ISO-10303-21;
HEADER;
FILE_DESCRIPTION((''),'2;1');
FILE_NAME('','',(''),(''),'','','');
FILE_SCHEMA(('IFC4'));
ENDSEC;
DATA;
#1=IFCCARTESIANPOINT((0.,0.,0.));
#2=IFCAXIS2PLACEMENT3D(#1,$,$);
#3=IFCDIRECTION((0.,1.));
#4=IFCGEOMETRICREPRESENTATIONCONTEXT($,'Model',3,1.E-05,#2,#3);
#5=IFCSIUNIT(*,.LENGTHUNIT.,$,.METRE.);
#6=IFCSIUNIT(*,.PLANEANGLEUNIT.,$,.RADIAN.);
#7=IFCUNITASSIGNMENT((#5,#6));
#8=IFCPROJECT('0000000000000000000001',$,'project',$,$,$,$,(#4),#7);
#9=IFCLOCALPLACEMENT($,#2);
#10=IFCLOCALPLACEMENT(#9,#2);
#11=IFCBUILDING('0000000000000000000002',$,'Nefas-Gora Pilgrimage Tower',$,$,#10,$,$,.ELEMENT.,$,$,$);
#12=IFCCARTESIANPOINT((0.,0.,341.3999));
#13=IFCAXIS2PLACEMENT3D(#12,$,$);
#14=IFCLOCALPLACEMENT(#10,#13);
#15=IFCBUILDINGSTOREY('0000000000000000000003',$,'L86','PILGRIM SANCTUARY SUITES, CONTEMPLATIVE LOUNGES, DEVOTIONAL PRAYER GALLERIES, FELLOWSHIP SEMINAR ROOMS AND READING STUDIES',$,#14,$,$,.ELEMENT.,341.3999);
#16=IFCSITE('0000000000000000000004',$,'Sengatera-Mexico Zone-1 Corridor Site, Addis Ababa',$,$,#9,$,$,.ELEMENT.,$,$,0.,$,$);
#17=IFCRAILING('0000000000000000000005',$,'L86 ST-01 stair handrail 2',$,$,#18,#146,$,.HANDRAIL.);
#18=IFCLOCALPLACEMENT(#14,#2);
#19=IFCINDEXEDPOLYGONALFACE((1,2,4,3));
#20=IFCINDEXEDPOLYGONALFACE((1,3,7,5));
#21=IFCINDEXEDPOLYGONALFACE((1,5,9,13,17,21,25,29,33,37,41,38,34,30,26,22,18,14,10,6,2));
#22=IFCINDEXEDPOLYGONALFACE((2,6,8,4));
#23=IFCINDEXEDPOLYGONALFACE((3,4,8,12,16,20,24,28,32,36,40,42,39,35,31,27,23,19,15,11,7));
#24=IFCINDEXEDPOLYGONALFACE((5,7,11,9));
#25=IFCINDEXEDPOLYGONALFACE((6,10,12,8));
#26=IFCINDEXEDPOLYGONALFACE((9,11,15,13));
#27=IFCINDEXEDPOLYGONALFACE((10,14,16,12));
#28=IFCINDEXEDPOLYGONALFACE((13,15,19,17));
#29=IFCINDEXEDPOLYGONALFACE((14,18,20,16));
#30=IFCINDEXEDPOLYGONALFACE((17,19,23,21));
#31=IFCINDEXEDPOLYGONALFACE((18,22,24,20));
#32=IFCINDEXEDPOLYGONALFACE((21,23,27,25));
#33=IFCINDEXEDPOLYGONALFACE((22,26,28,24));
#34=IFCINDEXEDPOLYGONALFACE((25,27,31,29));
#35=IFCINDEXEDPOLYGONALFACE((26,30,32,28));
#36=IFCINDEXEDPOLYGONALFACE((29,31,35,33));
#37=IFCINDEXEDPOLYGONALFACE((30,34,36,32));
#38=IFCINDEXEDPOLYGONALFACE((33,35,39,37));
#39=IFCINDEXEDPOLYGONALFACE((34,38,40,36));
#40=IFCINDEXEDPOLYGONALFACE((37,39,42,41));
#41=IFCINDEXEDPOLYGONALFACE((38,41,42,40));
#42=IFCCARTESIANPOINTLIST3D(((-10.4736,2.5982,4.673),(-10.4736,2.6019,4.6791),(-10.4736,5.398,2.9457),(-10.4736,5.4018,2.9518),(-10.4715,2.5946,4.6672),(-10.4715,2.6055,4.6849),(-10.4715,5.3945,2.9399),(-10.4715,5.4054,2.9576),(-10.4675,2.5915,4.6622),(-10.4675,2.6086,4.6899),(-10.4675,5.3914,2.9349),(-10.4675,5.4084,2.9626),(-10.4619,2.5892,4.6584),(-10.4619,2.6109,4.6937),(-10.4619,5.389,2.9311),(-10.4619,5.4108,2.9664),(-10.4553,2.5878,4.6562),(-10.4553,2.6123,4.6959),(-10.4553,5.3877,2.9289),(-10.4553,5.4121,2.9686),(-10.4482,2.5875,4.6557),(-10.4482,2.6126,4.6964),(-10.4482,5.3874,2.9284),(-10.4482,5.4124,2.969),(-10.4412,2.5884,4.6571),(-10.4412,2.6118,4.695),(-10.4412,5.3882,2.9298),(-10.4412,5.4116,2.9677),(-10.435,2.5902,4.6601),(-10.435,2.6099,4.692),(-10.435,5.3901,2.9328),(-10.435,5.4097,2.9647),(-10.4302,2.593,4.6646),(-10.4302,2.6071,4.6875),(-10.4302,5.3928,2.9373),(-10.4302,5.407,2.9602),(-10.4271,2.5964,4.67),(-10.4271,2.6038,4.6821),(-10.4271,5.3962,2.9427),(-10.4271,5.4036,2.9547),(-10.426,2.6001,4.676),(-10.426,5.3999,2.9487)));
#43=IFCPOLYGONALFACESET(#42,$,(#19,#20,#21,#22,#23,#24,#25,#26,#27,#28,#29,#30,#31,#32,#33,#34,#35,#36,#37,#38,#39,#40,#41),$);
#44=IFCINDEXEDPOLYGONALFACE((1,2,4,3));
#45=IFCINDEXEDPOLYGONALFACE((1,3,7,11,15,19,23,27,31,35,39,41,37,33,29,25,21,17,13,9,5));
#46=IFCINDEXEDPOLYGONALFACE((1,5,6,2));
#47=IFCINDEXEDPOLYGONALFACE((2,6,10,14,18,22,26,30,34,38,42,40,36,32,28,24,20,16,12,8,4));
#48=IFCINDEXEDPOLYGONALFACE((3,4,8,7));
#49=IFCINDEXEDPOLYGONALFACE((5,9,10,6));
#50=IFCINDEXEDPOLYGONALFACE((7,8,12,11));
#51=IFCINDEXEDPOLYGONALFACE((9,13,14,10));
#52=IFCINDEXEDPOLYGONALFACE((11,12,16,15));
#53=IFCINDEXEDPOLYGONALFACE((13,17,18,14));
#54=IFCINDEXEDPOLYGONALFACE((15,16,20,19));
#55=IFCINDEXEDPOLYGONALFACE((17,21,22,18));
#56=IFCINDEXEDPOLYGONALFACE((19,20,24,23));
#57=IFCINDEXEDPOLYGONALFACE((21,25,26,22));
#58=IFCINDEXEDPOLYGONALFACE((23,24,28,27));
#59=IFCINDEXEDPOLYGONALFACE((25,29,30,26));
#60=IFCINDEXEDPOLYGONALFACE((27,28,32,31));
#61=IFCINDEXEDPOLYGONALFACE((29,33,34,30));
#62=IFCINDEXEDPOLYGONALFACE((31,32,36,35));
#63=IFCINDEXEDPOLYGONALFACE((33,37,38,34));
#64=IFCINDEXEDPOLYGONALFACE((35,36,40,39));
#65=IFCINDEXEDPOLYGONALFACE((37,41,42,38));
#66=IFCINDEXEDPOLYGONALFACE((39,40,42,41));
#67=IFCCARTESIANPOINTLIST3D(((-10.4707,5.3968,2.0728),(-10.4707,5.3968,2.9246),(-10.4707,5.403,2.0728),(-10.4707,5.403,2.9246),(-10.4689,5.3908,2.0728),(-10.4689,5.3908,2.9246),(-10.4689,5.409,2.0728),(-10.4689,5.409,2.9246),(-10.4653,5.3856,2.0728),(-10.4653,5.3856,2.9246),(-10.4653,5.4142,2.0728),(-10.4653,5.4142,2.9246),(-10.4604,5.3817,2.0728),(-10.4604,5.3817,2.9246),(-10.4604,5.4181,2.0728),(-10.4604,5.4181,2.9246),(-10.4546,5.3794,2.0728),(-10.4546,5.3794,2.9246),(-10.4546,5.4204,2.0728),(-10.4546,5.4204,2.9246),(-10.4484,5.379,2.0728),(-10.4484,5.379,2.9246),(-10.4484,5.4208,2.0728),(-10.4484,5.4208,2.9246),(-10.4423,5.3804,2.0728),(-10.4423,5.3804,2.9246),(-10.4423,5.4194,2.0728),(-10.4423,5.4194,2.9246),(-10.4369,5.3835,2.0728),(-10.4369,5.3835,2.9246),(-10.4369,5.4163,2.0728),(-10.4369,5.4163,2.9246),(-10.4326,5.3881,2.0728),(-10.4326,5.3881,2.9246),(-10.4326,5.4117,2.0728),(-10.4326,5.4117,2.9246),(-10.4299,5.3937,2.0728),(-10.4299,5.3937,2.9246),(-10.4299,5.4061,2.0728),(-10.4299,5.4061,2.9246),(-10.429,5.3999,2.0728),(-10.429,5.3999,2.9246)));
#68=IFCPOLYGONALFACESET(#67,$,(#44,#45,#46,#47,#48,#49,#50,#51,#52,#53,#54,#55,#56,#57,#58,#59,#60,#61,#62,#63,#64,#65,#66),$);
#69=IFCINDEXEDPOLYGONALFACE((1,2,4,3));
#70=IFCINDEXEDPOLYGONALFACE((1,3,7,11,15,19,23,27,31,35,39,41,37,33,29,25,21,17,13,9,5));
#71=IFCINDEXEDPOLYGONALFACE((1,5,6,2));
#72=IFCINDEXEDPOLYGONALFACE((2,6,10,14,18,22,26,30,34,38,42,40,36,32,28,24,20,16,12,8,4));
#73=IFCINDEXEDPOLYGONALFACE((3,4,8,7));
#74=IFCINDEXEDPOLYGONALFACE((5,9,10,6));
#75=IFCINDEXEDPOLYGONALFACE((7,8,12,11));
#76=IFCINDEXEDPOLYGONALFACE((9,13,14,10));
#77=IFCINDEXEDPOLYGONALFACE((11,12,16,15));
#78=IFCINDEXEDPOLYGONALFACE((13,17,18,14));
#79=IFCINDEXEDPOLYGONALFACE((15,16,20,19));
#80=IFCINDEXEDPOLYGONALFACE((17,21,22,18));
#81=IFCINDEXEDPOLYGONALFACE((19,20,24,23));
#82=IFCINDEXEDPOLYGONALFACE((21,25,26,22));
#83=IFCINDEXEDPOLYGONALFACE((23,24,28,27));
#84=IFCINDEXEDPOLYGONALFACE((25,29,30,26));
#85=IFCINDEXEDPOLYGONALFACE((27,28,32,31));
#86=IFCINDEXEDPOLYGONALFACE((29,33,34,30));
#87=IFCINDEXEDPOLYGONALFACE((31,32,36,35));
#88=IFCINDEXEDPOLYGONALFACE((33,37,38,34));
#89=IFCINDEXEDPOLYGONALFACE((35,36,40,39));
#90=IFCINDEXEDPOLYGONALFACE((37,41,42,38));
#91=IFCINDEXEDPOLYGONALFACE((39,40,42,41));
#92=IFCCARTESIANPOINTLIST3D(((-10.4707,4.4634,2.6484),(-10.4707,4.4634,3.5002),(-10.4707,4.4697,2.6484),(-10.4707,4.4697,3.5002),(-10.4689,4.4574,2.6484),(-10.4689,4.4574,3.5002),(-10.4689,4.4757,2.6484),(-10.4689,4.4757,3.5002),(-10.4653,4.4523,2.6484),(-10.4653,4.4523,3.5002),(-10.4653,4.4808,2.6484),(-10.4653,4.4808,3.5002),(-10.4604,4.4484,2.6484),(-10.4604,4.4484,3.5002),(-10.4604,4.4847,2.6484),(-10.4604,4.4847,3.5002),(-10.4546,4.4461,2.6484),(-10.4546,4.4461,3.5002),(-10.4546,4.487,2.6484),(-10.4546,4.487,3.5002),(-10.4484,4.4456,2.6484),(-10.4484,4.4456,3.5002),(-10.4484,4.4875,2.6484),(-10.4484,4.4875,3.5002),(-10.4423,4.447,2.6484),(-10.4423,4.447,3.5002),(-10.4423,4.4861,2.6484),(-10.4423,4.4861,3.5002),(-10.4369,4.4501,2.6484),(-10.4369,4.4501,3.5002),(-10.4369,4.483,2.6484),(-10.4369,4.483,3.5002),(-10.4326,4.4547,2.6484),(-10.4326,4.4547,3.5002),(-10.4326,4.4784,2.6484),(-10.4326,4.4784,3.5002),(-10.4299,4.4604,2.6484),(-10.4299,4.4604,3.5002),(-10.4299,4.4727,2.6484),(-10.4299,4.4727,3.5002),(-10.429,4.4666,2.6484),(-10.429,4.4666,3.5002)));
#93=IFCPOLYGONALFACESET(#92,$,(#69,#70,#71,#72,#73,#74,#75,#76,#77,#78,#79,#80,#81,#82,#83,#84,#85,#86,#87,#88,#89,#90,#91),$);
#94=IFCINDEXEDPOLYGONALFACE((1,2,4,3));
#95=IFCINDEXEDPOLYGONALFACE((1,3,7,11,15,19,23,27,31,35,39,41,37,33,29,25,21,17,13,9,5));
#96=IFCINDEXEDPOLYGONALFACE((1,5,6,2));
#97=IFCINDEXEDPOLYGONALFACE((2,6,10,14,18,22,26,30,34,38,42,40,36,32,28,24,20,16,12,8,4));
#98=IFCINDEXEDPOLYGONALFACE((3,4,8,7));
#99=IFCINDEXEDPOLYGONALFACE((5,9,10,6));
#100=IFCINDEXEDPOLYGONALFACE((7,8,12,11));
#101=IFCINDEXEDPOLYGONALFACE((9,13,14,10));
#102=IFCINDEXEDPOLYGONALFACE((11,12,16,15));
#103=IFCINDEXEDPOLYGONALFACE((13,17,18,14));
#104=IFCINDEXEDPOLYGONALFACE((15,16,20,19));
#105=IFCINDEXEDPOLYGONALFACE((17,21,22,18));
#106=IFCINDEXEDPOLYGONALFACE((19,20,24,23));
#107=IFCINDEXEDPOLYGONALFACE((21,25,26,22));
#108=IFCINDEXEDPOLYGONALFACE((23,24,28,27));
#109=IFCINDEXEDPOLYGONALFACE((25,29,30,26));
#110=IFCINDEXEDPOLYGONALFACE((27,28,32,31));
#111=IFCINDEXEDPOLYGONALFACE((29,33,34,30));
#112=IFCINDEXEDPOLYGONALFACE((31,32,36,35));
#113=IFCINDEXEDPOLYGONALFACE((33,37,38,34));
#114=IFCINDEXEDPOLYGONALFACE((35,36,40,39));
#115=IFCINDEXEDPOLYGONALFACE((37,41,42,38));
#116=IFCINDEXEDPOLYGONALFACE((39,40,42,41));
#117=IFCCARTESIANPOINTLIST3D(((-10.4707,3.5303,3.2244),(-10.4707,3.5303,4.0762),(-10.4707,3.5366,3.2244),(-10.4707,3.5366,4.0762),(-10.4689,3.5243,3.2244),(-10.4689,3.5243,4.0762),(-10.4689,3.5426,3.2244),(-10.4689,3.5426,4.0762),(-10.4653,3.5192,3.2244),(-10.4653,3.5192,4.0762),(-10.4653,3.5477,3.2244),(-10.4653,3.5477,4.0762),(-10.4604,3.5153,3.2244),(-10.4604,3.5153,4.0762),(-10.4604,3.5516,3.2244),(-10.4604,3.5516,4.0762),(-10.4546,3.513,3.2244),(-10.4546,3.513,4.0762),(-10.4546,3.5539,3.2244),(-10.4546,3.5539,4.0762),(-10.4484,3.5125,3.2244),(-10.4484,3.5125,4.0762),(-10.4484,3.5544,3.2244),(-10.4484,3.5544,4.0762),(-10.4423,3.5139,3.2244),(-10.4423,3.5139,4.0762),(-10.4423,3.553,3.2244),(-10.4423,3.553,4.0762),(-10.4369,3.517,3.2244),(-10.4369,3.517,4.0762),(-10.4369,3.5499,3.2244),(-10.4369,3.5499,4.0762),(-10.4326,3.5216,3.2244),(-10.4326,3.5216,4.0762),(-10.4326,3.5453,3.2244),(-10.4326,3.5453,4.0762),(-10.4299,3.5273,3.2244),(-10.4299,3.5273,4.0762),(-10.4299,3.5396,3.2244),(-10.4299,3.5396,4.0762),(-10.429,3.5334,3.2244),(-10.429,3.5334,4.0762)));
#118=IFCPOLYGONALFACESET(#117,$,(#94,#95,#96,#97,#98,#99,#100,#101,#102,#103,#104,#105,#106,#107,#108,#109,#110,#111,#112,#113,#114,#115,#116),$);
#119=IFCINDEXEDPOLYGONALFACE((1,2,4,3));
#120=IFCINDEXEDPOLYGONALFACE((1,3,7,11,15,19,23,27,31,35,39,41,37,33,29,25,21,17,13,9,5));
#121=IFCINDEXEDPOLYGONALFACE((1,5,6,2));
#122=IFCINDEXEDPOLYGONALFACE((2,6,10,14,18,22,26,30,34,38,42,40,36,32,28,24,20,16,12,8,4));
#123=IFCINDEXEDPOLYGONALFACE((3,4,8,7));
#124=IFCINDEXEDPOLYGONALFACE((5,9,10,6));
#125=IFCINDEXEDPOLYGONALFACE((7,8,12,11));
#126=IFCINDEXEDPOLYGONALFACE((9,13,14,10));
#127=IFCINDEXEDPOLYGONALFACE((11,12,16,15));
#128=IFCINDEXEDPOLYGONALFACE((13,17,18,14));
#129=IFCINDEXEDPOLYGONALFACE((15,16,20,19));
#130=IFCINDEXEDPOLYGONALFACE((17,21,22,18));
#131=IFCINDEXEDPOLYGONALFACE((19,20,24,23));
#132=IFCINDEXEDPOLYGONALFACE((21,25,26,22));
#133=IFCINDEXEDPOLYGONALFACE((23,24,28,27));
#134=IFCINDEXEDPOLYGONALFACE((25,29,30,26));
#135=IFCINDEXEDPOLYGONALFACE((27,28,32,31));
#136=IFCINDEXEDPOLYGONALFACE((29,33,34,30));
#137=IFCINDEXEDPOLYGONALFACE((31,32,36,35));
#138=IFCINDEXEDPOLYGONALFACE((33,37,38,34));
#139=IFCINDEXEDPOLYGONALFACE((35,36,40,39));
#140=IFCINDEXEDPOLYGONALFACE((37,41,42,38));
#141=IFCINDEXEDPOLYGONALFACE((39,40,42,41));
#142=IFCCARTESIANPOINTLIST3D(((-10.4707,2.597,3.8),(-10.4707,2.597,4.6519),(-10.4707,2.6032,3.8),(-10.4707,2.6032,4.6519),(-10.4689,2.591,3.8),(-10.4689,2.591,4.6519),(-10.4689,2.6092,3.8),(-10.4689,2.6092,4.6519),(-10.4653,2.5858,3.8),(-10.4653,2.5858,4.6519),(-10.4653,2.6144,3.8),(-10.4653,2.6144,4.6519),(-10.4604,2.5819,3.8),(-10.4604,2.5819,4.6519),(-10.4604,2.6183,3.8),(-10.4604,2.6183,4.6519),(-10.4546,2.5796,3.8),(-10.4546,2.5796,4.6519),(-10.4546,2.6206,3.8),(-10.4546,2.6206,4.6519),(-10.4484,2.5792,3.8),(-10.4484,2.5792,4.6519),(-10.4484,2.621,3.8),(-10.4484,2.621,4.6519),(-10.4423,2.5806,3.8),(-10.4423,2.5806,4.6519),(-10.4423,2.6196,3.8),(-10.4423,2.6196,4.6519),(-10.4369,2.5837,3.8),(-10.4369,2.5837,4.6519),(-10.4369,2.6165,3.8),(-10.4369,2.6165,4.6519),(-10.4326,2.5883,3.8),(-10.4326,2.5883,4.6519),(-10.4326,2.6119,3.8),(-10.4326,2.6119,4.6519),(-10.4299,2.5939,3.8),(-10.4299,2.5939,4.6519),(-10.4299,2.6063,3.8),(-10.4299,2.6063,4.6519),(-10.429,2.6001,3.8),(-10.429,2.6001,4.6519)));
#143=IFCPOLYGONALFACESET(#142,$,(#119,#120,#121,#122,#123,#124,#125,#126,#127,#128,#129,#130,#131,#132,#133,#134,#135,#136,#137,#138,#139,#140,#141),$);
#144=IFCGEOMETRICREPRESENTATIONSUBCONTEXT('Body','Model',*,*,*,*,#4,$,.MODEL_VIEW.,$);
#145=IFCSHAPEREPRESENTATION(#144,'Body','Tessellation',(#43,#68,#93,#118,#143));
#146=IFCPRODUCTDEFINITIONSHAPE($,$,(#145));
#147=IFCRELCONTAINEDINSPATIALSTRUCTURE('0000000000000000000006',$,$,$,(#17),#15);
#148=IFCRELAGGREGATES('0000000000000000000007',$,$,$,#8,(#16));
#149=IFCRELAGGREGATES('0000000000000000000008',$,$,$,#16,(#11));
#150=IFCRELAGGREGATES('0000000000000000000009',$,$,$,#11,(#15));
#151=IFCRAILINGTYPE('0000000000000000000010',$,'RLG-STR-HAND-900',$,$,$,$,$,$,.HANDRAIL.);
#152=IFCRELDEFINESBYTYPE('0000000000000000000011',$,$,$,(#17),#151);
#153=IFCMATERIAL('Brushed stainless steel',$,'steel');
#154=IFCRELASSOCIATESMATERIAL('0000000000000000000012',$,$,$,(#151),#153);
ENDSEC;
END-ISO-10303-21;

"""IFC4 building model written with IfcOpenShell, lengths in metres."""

from ifc_helpers import new_model, si_unit, direction, frame, origin, origin_2d, place, context, subcontext, project, spatial, circle, extrude, material, type_object, element, save


model = new_model("IFC4")

# Units and contexts
model_context = context("Model", 3, precision=1e-05, world=origin(), true_north=direction((0.0, 1.0)))
body_context = subcontext(model_context, "Body", "Model", "MODEL_VIEW")
ifc_project = project(units=[si_unit("LENGTHUNIT", "METRE"), si_unit("PLANEANGLEUNIT", "RADIAN")], contexts=[model_context])

# Site, building, storey
site_placement = place(None, origin())
site = spatial("IfcSite", under=ifc_project, at=site_placement, Name="Sengatera-Mexico Zone-1 Corridor Site, Addis Ababa", CompositionType="ELEMENT", RefElevation=0.0)
building_placement = place(site_placement, origin())
building = spatial("IfcBuilding", under=site, at=building_placement, Name="Nefas-Gora Pilgrimage Tower", CompositionType="ELEMENT")
storey_placement = place(building_placement, frame((0.0, 0.0, 341.3999)))
storey = spatial("IfcBuildingStorey", under=building, at=storey_placement, Name="L86", Description="PILGRIM SANCTUARY SUITES, CONTEMPLATIVE LOUNGES, DEVOTIONAL PRAYER GALLERIES, FELLOWSHIP SEMINAR ROOMS AND READING STUDIES", CompositionType="ELEMENT", Elevation=341.3999)

# Railing
ifc_material_1 = material(Name="Brushed stainless steel", Category="steel")
railing_type_1 = type_object("IfcRailingType", Name="RLG-STR-HAND-900", PredefinedType="HANDRAIL", material=ifc_material_1)
railing_1_placement = place(storey_placement, frame((-10.45, 5.3999, 2.0728)))
element("IfcRailing", 1, at=railing_1_placement, inside=storey, type_object=railing_type_1, Name="L86 ST-01 stair handrail 2", PredefinedType="HANDRAIL", context=body_context, shape_type="SweptSolid", body=[
    extrude(circle(Radius=0.0239, at=origin_2d()), frame((0.0, 0.0, 0.876), z_axis=(0.0, -0.851069, 0.525054), x_axis=(1.0, 0.0, 0.0)), (0.0, 0.0, 1.0), 3.2898),
    extrude(circle(Radius=0.021, at=origin_2d()), origin(), (0.0, 0.0, 1.0), 0.8518),
    extrude(circle(Radius=0.021, at=origin_2d()), frame((0.0, -0.9333, 0.5757)), (0.0, 0.0, 1.0), 0.8518),
    extrude(circle(Radius=0.021, at=origin_2d()), frame((0.0, -1.8665, 1.1516)), (0.0, 0.0, 1.0), 0.8518),
    extrude(circle(Radius=0.021, at=origin_2d()), frame((0.0, -2.7998, 1.7273)), (0.0, 0.0, 1.0), 0.8518),
])

save(model, "model.ifc")
